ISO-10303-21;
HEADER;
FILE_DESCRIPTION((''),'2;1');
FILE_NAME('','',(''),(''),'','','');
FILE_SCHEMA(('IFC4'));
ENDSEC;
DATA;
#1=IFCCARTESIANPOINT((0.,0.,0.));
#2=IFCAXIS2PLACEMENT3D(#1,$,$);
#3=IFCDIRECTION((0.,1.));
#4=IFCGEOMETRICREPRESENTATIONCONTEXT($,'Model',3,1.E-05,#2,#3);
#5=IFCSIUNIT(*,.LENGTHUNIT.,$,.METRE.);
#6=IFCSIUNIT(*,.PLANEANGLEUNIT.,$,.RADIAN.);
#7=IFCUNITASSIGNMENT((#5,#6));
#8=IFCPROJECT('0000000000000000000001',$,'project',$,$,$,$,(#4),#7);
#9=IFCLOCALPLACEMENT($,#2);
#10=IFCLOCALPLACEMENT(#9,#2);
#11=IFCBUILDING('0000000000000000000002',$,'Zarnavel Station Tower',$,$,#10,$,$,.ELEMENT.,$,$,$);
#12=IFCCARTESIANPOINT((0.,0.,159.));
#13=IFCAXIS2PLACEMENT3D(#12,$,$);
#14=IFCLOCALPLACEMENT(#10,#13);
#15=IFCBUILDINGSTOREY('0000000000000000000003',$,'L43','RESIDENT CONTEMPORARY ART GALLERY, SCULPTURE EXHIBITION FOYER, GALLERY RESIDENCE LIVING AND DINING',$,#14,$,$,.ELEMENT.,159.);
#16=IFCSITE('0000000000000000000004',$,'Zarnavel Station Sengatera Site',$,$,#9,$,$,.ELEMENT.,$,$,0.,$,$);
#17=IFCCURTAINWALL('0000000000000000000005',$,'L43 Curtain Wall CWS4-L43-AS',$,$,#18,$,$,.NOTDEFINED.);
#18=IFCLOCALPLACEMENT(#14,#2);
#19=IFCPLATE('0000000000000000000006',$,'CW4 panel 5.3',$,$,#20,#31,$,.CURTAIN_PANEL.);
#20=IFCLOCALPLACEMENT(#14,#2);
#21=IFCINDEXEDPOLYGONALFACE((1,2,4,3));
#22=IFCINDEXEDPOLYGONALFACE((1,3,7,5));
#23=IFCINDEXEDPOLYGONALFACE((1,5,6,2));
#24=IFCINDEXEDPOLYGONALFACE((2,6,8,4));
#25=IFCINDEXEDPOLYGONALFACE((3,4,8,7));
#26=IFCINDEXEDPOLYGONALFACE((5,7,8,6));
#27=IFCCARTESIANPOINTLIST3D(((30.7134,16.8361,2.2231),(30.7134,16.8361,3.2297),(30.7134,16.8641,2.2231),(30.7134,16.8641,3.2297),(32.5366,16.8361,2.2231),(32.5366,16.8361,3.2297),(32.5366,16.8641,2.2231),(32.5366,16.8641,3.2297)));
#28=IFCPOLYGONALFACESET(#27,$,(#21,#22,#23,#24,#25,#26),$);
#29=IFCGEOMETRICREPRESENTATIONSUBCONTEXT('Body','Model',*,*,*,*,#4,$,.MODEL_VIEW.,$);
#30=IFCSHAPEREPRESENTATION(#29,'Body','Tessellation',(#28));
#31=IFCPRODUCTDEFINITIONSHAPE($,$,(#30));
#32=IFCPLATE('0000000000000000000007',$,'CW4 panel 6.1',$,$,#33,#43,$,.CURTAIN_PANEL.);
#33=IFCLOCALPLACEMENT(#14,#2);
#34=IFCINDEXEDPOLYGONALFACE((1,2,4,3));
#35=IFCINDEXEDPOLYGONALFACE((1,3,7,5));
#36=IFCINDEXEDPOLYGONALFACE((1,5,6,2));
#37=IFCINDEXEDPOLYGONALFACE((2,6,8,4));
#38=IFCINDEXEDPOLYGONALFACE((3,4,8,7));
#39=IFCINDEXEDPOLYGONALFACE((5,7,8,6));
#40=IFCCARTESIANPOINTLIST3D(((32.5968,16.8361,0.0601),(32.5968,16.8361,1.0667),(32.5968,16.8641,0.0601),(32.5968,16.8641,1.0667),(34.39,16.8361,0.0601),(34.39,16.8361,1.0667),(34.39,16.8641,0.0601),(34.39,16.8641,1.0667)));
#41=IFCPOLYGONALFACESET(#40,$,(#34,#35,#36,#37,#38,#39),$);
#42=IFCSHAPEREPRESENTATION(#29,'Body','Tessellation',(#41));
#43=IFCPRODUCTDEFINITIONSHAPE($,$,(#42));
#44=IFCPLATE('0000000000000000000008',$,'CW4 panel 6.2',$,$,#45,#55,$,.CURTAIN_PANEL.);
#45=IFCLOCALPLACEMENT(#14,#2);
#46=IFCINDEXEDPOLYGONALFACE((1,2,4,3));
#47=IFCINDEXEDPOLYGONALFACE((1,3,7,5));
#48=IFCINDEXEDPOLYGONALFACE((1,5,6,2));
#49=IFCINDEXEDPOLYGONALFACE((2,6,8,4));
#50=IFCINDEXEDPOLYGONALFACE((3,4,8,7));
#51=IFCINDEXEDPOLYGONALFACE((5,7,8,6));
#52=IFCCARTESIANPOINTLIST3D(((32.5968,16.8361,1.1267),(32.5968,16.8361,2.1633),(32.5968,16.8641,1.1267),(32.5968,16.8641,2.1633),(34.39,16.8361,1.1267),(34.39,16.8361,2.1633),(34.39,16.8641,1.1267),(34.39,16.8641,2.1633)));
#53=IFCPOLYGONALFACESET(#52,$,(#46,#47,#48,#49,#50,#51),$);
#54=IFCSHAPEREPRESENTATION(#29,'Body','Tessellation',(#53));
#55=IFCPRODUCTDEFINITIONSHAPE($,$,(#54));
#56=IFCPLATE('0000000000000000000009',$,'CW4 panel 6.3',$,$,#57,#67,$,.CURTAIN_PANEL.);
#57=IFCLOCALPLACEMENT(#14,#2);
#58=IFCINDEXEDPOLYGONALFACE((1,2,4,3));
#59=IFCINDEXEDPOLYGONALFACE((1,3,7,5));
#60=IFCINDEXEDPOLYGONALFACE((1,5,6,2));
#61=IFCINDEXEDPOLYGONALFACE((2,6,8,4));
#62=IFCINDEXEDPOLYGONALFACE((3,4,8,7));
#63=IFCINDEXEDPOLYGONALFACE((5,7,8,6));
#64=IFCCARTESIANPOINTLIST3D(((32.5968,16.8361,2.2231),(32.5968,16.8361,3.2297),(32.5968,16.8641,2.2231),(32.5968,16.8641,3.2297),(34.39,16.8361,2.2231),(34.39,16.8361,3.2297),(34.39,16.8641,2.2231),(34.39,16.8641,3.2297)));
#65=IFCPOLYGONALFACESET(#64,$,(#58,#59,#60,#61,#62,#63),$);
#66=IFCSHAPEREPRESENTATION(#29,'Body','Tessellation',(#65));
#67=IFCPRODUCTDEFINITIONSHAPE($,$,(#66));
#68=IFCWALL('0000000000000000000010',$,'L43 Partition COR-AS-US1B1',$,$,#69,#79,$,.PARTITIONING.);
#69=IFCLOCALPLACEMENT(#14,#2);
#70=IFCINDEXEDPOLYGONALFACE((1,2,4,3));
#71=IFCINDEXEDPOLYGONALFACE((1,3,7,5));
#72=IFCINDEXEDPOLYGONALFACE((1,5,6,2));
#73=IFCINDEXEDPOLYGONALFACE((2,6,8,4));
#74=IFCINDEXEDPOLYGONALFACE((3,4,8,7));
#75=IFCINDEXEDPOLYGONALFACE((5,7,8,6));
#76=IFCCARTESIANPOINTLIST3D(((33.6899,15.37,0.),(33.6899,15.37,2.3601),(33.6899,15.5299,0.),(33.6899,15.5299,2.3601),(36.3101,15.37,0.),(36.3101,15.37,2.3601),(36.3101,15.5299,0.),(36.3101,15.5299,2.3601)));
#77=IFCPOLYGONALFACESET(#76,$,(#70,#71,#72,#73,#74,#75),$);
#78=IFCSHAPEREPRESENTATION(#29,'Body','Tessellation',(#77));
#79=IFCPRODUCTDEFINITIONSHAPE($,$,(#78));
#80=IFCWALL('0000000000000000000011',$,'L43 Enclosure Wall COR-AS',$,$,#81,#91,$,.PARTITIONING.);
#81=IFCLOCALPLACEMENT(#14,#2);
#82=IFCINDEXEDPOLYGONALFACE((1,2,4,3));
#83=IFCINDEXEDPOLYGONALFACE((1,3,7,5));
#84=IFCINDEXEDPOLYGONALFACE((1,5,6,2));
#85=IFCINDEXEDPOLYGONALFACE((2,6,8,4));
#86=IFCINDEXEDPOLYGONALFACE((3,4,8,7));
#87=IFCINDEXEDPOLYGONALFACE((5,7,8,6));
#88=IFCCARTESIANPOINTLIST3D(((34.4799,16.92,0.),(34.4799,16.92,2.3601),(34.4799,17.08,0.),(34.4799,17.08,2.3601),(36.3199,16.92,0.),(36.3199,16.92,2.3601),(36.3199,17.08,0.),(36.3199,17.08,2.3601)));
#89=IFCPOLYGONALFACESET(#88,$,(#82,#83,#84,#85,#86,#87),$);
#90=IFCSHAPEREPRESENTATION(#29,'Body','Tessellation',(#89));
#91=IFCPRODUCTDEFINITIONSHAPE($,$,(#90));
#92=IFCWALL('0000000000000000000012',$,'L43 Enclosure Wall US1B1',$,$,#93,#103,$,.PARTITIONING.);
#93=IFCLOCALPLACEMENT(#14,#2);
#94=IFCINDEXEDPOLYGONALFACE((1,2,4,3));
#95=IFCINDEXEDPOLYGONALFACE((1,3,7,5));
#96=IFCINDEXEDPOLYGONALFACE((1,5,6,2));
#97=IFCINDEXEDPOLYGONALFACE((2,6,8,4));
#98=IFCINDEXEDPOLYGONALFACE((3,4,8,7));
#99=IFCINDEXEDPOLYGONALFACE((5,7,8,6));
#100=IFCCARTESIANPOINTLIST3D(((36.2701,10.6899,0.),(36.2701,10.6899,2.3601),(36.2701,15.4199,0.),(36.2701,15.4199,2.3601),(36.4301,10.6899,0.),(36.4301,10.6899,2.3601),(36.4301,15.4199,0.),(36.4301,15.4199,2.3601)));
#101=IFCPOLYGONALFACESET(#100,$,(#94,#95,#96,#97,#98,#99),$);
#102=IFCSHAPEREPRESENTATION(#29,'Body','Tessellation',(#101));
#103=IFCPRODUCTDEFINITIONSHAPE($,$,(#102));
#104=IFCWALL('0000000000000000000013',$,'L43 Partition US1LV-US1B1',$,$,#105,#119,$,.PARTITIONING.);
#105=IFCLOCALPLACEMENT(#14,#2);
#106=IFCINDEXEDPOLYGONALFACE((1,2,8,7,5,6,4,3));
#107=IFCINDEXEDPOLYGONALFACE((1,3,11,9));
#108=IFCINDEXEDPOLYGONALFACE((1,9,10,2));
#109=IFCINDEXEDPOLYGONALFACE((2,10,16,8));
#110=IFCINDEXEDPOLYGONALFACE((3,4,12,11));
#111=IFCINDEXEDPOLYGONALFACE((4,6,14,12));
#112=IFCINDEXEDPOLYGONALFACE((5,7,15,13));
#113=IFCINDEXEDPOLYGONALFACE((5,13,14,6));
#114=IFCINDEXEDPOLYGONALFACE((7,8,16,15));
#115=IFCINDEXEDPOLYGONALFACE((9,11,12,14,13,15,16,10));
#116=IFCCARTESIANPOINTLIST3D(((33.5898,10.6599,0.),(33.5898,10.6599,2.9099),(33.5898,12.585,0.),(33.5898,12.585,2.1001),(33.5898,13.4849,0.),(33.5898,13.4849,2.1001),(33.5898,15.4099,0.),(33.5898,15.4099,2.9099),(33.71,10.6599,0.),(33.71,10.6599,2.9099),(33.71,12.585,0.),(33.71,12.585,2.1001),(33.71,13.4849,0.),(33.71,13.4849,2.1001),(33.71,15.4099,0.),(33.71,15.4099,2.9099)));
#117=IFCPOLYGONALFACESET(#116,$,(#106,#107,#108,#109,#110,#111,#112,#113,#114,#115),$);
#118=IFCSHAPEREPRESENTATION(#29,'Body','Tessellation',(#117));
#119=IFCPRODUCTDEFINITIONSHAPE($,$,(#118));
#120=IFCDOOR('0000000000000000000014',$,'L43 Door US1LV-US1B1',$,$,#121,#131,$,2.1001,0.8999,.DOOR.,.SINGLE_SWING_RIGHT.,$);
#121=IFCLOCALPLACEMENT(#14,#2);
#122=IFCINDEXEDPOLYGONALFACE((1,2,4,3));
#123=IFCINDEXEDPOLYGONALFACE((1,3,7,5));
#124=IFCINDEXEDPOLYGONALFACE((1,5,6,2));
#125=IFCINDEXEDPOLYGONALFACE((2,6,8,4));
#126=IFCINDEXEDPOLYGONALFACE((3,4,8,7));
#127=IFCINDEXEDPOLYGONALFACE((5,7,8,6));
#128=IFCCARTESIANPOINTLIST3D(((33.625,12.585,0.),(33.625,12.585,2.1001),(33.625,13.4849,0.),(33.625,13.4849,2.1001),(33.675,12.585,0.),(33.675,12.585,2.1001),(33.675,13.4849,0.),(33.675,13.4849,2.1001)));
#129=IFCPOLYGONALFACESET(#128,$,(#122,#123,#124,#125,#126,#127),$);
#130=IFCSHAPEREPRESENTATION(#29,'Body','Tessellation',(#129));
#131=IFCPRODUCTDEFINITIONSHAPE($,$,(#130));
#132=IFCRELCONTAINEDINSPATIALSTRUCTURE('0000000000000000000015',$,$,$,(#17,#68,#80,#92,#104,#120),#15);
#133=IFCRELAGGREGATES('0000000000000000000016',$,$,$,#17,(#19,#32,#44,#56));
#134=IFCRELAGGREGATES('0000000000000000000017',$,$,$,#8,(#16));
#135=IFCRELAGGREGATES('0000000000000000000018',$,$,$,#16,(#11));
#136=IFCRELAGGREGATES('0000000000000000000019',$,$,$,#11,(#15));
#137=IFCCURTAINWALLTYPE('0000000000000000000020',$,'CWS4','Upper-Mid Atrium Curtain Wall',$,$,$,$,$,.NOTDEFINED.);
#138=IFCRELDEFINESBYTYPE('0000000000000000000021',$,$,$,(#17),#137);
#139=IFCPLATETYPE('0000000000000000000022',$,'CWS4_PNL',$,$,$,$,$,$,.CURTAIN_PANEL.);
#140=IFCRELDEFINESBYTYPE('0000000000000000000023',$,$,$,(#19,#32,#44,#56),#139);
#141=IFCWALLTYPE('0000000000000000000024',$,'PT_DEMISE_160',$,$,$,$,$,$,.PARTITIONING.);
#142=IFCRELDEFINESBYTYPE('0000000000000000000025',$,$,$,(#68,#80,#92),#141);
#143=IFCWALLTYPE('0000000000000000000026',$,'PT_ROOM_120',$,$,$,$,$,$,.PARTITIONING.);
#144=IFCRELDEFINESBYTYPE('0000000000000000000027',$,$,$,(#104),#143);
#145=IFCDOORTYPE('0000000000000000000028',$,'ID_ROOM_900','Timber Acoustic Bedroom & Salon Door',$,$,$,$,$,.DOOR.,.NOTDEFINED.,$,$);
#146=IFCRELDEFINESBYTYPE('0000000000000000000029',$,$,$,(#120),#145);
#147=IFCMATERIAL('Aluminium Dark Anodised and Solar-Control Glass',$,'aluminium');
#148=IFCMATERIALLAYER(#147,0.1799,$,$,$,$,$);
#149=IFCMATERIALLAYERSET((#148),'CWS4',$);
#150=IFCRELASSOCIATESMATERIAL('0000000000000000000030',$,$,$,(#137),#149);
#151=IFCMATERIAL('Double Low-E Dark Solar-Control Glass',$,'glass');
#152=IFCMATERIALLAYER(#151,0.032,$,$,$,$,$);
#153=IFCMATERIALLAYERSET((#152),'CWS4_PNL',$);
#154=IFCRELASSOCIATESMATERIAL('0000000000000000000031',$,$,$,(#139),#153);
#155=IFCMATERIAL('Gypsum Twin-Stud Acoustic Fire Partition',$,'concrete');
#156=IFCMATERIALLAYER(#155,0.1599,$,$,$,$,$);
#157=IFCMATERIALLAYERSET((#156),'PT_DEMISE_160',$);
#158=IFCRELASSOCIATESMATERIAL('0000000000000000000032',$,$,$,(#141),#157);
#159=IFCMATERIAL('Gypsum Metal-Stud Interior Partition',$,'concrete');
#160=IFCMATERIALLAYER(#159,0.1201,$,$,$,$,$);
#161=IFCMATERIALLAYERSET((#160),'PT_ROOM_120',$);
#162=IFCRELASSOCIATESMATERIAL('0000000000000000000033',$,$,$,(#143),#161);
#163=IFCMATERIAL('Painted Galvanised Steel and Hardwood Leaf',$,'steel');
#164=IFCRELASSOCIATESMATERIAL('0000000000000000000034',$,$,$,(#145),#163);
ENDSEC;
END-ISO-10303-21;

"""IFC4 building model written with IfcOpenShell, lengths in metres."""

from ifc_helpers import new_model, si_unit, direction, frame, frame_2d, origin, origin_2d, place, context, subcontext, project, spatial, rectangle, extrude, material, layer, layer_set, type_object, element, fill, aggregate, save


model = new_model("IFC4")

# Units and contexts
model_context = context("Model", 3, precision=1e-05, world=origin(), true_north=direction((0.0, 1.0)))
body_context = subcontext(model_context, "Body", "Model", "MODEL_VIEW")
ifc_project = project(units=[si_unit("LENGTHUNIT", "METRE"), si_unit("PLANEANGLEUNIT", "RADIAN")], contexts=[model_context])

# Site, building, storey
site_placement = place(None, origin())
site = spatial("IfcSite", under=ifc_project, at=site_placement, Name="Zarnavel Station Sengatera Site", CompositionType="ELEMENT", RefElevation=0.0)
building_placement = place(site_placement, origin())
building = spatial("IfcBuilding", under=site, at=building_placement, Name="Zarnavel Station Tower", CompositionType="ELEMENT")
storey_placement = place(building_placement, frame((0.0, 0.0, 159.0)))
storey = spatial("IfcBuildingStorey", under=building, at=storey_placement, Name="L43", Description="RESIDENT CONTEMPORARY ART GALLERY, SCULPTURE EXHIBITION FOYER, GALLERY RESIDENCE LIVING AND DINING", CompositionType="ELEMENT", Elevation=159.0)

# Curtain wall
ifc_material_1 = material(Name="Aluminium Dark Anodised and Solar-Control Glass", Category="aluminium")
ifc_layer_1 = layer(ifc_material_1, 0.1799)
ifc_layer_set_1 = layer_set([ifc_layer_1], Name="CWS4")
curtain_wall_type = type_object("IfcCurtainWallType", Name="CWS4", Description="Upper-Mid Atrium Curtain Wall", PredefinedType="NOTDEFINED", material=ifc_layer_set_1)
curtain_wall_placement = place(storey_placement, origin())
curtain_wall = element("IfcCurtainWall", 1, at=curtain_wall_placement, inside=storey, type_object=curtain_wall_type, Name="L43 Curtain Wall CWS4-L43-AS", PredefinedType="NOTDEFINED")

# Plates
ifc_material_2 = material(Name="Double Low-E Dark Solar-Control Glass", Category="glass")
ifc_layer_2 = layer(ifc_material_2, 0.032)
ifc_layer_set_2 = layer_set([ifc_layer_2], Name="CWS4_PNL")
plate_type = type_object("IfcPlateType", Name="CWS4_PNL", PredefinedType="CURTAIN_PANEL", material=ifc_layer_set_2)
plate_1_placement = place(storey_placement, frame((31.625, 16.8501, 2.2231), z_axis=(0.0, 0.0, 1.0), x_axis=(1.0, 0.0, 0.0)))
plate_1 = element("IfcPlate", 2, at=plate_1_placement, type_object=plate_type, Name="CW4 panel 5.3", PredefinedType="CURTAIN_PANEL", context=body_context, shape_type="SweptSolid", body=[
    extrude(rectangle(XDim=1.8232, YDim=0.0281, at=origin_2d()), origin(), (0.0, 0.0, 1.0), 1.0066),
])
plate_2_placement = place(storey_placement, frame((33.4934, 16.8501, 0.0601), z_axis=(0.0, 0.0, 1.0), x_axis=(1.0, 0.0, 0.0)))
plate_2 = element("IfcPlate", 3, at=plate_2_placement, type_object=plate_type, Name="CW4 panel 6.1", PredefinedType="CURTAIN_PANEL", context=body_context, shape_type="SweptSolid", body=[
    extrude(rectangle(XDim=1.7932, YDim=0.0281, at=origin_2d()), origin(), (0.0, 0.0, 1.0), 1.0066),
])
plate_3_placement = place(storey_placement, frame((33.4934, 16.8501, 1.1267), z_axis=(0.0, 0.0, 1.0), x_axis=(1.0, 0.0, 0.0)))
plate_3 = element("IfcPlate", 4, at=plate_3_placement, type_object=plate_type, Name="CW4 panel 6.2", PredefinedType="CURTAIN_PANEL", context=body_context, shape_type="SweptSolid", body=[
    extrude(rectangle(XDim=1.7932, YDim=0.0281, at=origin_2d()), origin(), (0.0, 0.0, 1.0), 1.0366),
])
plate_4_placement = place(storey_placement, frame((33.4934, 16.8501, 2.2231), z_axis=(0.0, 0.0, 1.0), x_axis=(1.0, 0.0, 0.0)))
plate_4 = element("IfcPlate", 5, at=plate_4_placement, type_object=plate_type, Name="CW4 panel 6.3", PredefinedType="CURTAIN_PANEL", context=body_context, shape_type="SweptSolid", body=[
    extrude(rectangle(XDim=1.7932, YDim=0.0281, at=origin_2d()), origin(), (0.0, 0.0, 1.0), 1.0066),
])
aggregate(curtain_wall, [plate_1, plate_2, plate_3, plate_4])

# Walls
ifc_material_3 = material(Name="Gypsum Twin-Stud Acoustic Fire Partition", Category="concrete")
ifc_layer_3 = layer(ifc_material_3, 0.1599)
ifc_layer_set_3 = layer_set([ifc_layer_3], Name="PT_DEMISE_160")
wall_type_1 = type_object("IfcWallType", Name="PT_DEMISE_160", PredefinedType="PARTITIONING", material=ifc_layer_set_3)
wall_1_placement = place(storey_placement, frame((33.6899, 15.45, 0.0), z_axis=(0.0, 0.0, 1.0), x_axis=(1.0, 0.0, 0.0)))
element("IfcWall", 6, at=wall_1_placement, inside=storey, type_object=wall_type_1, Name="L43 Partition COR-AS-US1B1", PredefinedType="PARTITIONING", context=body_context, shape_type="SweptSolid", body=[
    extrude(rectangle(XDim=2.6201, YDim=0.1599, at=frame_2d((1.3101, 0.0))), origin(), (0.0, 0.0, 1.0), 2.3601),
])
wall_2_placement = place(storey_placement, frame((34.48, 17.0, 0.0), z_axis=(0.0, 0.0, 1.0), x_axis=(1.0, 0.0, 0.0)))
element("IfcWall", 7, at=wall_2_placement, inside=storey, type_object=wall_type_1, Name="L43 Enclosure Wall COR-AS", PredefinedType="PARTITIONING", context=body_context, shape_type="SweptSolid", body=[
    extrude(rectangle(XDim=1.8401, YDim=0.1599, at=frame_2d((0.9199, 0.0))), origin(), (0.0, 0.0, 1.0), 2.3601),
])
wall_3_placement = place(storey_placement, frame((36.3501, 10.6899, 0.0), z_axis=(0.0, 0.0, 1.0), x_axis=(0.0, 1.0, 0.0)))
element("IfcWall", 8, at=wall_3_placement, inside=storey, type_object=wall_type_1, Name="L43 Enclosure Wall US1B1", PredefinedType="PARTITIONING", context=body_context, shape_type="SweptSolid", body=[
    extrude(rectangle(XDim=4.73, YDim=0.1599, at=frame_2d((2.365, 0.0))), origin(), (0.0, 0.0, 1.0), 2.3601),
])

# Wall, opening, door
ifc_material_4 = material(Name="Gypsum Metal-Stud Interior Partition", Category="concrete")
ifc_layer_4 = layer(ifc_material_4, 0.1201)
ifc_layer_set_4 = layer_set([ifc_layer_4], Name="PT_ROOM_120")
wall_type_2 = type_object("IfcWallType", Name="PT_ROOM_120", PredefinedType="PARTITIONING", material=ifc_layer_set_4)
wall_4_placement = place(storey_placement, frame((33.6499, 10.6599, 0.0), z_axis=(0.0, 0.0, 1.0), x_axis=(0.0, 1.0, 0.0)))
wall_4 = element("IfcWall", 9, at=wall_4_placement, inside=storey, type_object=wall_type_2, Name="L43 Partition US1LV-US1B1", PredefinedType="PARTITIONING", context=body_context, shape_type="SweptSolid", body=[
    extrude(rectangle(XDim=4.75, YDim=0.1201, at=frame_2d((2.375, 0.0))), origin(), (0.0, 0.0, 1.0), 2.9099),
])
opening_placement = place(wall_4_placement, frame((1.925, 0.0, 0.0)))
opening = element("IfcOpeningElement", 10, at=opening_placement, cuts=wall_4, PredefinedType="OPENING", context=body_context, shape_type="SweptSolid", body=[
    extrude(rectangle(XDim=0.8999, YDim=2.1001, at=frame_2d((0.45, 1.05))), frame((0.0, 0.0701, 0.0), z_axis=(0.0, -1.0, 0.0), x_axis=(1.0, 0.0, 0.0)), (0.0, 0.0, 1.0), 0.1401),
])
ifc_material_5 = material(Name="Painted Galvanised Steel and Hardwood Leaf", Category="steel")
door_type = type_object("IfcDoorType", Name="ID_ROOM_900", Description="Timber Acoustic Bedroom & Salon Door", OperationType="NOTDEFINED", PredefinedType="DOOR", material=ifc_material_5)
door_placement = place(opening_placement, origin())
door = element("IfcDoor", 11, at=door_placement, inside=storey, type_object=door_type, Name="L43 Door US1LV-US1B1", OperationType="SINGLE_SWING_RIGHT", OverallHeight=2.1001, OverallWidth=0.8999, PredefinedType="DOOR", context=body_context, shape_type="SweptSolid", body=[
    extrude(rectangle(XDim=0.8999, YDim=2.1001, at=frame_2d((0.45, 1.05))), frame((0.0, 0.0249, 0.0), z_axis=(0.0, -1.0, 0.0), x_axis=(1.0, 0.0, 0.0)), (0.0, 0.0, 1.0), 0.05),
])
fill(opening, door)

save(model, "model.ifc")
